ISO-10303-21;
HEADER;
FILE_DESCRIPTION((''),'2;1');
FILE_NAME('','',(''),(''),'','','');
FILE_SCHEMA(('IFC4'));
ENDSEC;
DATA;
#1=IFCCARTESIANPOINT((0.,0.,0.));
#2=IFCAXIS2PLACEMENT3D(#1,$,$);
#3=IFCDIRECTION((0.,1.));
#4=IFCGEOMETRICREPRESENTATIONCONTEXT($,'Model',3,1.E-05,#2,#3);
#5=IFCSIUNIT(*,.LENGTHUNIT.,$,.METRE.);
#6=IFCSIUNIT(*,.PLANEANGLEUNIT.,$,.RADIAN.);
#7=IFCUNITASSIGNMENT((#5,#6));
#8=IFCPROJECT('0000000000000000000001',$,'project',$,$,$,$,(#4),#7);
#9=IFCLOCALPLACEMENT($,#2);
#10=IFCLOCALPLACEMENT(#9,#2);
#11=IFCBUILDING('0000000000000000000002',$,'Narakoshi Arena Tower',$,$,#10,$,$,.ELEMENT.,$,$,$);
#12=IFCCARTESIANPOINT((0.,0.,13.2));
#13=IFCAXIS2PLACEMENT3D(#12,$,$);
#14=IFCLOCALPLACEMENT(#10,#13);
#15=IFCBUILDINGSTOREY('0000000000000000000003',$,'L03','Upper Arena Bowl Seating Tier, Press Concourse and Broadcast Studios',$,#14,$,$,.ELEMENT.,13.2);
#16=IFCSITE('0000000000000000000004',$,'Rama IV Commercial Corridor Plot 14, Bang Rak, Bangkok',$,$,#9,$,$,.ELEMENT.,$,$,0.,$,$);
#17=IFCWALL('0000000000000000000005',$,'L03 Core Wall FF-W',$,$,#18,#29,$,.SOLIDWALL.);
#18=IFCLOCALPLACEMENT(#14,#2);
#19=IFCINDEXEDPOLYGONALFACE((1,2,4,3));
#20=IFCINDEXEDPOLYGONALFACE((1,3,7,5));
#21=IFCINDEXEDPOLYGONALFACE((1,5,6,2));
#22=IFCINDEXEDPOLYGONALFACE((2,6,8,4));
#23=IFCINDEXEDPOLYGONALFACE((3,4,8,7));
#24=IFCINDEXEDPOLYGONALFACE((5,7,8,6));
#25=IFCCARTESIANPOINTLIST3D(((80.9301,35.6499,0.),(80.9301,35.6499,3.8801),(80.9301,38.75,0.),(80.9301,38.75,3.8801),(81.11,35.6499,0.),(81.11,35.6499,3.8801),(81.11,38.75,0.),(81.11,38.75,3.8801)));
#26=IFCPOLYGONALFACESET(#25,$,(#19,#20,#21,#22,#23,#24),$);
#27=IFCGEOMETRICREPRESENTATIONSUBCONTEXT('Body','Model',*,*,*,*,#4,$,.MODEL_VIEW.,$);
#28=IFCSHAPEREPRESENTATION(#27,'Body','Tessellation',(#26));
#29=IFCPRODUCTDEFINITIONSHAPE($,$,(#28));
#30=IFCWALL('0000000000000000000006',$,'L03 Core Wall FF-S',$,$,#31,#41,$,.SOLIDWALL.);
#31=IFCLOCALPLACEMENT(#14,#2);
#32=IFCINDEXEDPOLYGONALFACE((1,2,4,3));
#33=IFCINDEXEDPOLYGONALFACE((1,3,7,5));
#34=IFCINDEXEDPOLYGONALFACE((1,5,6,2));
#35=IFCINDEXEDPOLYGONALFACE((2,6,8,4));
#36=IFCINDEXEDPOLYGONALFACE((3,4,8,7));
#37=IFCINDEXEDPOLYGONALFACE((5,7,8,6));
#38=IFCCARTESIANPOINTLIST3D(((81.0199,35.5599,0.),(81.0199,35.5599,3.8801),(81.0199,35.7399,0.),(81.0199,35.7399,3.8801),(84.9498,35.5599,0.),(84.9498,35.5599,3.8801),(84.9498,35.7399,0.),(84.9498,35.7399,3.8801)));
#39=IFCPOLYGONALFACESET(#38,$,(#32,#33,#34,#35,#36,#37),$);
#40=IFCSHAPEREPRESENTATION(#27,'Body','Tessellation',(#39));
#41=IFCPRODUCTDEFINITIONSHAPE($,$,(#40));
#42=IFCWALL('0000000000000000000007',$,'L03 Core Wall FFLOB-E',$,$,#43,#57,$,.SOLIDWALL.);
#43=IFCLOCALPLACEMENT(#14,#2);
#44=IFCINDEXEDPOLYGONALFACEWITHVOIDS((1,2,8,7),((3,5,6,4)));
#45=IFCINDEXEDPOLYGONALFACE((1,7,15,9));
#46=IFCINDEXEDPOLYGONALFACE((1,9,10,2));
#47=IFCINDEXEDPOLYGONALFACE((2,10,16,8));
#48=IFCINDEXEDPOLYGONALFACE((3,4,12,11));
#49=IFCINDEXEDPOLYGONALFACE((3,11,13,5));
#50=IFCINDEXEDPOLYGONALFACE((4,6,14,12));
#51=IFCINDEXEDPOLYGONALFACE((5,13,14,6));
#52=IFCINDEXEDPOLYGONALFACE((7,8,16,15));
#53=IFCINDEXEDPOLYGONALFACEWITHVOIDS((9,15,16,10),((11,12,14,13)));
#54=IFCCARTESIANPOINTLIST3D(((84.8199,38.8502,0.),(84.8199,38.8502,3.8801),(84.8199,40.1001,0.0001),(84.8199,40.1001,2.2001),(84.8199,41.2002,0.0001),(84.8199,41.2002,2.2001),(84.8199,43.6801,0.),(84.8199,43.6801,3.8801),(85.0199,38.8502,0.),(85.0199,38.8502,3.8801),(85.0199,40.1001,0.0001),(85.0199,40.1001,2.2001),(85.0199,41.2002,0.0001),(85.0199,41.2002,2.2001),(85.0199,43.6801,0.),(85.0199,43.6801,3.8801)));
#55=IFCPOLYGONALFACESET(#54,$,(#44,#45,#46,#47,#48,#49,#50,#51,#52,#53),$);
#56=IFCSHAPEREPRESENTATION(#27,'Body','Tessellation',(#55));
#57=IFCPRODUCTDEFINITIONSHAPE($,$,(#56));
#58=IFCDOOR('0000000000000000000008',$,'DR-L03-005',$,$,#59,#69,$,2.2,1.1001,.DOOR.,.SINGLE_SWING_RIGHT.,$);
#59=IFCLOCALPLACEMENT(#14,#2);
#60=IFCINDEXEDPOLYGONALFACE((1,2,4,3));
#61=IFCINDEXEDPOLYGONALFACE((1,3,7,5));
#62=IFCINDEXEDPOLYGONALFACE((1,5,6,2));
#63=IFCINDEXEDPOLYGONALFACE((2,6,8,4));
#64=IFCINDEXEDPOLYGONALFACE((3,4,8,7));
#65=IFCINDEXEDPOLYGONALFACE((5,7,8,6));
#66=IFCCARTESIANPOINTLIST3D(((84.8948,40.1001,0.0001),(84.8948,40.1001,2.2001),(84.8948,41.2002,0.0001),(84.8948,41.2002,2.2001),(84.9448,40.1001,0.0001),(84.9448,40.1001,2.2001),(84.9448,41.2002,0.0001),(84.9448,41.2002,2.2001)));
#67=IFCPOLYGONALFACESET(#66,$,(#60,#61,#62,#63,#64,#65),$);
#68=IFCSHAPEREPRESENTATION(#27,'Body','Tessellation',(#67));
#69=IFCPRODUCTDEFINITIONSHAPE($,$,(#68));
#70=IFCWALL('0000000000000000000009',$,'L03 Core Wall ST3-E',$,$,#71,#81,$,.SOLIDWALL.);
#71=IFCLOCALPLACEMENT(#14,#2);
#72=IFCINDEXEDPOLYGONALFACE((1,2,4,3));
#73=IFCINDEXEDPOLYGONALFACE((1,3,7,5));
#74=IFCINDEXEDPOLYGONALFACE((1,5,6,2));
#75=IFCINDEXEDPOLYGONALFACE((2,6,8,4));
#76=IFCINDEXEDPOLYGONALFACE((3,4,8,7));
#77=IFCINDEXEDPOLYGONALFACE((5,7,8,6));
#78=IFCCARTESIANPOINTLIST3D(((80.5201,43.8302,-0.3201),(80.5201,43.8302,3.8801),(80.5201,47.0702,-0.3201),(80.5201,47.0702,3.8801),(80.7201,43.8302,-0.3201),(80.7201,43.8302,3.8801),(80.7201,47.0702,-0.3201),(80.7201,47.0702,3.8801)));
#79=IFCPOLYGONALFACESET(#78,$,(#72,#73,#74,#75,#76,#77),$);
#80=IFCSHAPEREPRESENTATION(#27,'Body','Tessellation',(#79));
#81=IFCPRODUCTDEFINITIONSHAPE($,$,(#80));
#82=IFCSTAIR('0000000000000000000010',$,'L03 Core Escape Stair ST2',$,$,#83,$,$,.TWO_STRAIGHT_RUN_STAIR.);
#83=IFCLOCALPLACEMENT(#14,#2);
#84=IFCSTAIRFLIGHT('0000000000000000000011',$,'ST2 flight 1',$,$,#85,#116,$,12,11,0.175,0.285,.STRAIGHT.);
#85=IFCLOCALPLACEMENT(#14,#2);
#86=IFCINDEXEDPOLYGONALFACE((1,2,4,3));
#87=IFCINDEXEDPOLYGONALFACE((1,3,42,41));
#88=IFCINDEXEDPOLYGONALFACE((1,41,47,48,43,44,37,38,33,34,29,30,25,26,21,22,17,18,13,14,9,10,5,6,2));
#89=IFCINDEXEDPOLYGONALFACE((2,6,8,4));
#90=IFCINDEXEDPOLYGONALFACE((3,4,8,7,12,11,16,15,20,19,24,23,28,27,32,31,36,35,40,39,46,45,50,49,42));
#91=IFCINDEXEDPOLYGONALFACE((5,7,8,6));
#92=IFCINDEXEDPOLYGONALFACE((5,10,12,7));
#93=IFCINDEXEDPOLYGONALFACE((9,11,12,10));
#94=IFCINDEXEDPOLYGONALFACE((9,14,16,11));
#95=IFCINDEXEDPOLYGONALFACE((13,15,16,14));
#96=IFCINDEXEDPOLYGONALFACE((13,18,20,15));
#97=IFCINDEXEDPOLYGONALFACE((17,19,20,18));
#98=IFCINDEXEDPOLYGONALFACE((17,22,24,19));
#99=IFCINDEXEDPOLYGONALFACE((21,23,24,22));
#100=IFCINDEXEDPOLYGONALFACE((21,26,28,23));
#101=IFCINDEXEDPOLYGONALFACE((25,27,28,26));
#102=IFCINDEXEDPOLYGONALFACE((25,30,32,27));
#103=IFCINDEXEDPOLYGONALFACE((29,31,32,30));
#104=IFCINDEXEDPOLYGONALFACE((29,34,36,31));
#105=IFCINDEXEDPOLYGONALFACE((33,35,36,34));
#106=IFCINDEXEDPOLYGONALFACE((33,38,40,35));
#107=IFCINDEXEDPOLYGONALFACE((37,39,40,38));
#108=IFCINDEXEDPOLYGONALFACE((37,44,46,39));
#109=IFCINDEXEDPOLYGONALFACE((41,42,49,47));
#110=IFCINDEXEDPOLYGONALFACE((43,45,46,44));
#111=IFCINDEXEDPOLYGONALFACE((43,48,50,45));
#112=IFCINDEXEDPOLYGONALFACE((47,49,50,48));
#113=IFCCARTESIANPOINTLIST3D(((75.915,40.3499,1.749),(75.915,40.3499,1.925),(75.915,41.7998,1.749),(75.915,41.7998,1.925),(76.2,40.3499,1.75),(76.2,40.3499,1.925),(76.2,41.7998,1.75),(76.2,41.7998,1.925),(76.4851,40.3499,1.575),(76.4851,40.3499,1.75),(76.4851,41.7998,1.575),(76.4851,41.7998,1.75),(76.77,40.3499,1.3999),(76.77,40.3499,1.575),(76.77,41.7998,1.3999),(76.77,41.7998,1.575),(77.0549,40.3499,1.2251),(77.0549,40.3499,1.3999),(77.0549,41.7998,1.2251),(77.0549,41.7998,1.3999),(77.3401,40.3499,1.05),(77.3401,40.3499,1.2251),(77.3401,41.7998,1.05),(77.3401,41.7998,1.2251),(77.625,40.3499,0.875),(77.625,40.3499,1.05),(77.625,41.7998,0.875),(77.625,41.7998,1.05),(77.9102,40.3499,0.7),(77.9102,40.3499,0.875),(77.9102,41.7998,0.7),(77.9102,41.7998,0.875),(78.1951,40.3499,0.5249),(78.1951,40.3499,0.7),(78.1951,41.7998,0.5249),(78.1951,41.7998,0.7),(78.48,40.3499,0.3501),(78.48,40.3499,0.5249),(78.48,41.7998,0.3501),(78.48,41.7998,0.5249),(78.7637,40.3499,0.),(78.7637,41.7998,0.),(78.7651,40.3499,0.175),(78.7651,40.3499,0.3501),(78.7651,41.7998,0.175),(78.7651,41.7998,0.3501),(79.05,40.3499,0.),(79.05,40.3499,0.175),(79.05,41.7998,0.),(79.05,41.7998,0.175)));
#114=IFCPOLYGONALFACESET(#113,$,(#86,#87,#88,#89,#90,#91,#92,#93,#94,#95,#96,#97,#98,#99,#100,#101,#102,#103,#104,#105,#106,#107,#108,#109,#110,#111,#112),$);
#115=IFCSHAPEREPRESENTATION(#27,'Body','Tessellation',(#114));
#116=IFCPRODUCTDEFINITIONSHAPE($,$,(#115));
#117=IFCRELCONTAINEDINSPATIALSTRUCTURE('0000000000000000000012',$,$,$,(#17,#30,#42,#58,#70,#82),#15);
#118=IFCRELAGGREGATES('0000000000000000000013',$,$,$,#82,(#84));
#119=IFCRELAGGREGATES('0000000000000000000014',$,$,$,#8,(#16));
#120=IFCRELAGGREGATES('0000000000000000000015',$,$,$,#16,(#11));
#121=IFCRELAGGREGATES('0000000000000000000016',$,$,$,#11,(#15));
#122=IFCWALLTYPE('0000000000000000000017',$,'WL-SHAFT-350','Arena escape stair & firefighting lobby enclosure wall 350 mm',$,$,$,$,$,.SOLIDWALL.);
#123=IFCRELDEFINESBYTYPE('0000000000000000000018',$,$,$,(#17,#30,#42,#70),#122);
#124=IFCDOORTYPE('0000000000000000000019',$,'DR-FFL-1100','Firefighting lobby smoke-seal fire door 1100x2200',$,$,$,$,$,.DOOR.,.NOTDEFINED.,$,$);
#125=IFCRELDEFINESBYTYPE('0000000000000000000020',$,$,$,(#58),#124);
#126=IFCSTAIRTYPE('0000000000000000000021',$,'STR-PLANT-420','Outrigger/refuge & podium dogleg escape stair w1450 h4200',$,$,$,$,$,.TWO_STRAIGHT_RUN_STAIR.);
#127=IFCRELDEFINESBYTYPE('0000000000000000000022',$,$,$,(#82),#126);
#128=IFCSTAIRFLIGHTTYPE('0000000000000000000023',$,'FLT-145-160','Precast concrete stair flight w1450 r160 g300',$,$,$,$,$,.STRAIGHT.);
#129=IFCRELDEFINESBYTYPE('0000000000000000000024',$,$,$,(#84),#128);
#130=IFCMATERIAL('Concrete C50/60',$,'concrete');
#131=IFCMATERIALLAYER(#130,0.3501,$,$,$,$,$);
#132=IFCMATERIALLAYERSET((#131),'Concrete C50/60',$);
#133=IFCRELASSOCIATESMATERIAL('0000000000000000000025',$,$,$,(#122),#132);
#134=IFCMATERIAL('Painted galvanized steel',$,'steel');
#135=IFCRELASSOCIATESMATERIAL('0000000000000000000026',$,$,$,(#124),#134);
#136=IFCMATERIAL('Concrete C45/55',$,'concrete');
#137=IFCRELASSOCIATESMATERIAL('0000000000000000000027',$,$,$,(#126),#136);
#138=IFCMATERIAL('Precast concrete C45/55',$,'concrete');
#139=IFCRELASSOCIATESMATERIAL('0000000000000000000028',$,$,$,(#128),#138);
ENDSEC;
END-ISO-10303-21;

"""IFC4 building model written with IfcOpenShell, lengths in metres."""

from ifc_helpers import new_model, si_unit, direction, frame, frame_2d, origin, place, context, subcontext, project, spatial, polyline, rectangle, outline, extrude, material, layer, layer_set, type_object, element, fill, aggregate, save


model = new_model("IFC4")

# Units and contexts
model_context = context("Model", 3, precision=1e-05, world=origin(), true_north=direction((0.0, 1.0)))
body_context = subcontext(model_context, "Body", "Model", "MODEL_VIEW")
ifc_project = project(units=[si_unit("LENGTHUNIT", "METRE"), si_unit("PLANEANGLEUNIT", "RADIAN")], contexts=[model_context])

# Site, building, storey
site_placement = place(None, origin())
site = spatial("IfcSite", under=ifc_project, at=site_placement, Name="Rama IV Commercial Corridor Plot 14, Bang Rak, Bangkok", CompositionType="ELEMENT", RefElevation=0.0)
building_placement = place(site_placement, origin())
building = spatial("IfcBuilding", under=site, at=building_placement, Name="Narakoshi Arena Tower", CompositionType="ELEMENT")
storey_placement = place(building_placement, frame((0.0, 0.0, 13.2)))
storey = spatial("IfcBuildingStorey", under=building, at=storey_placement, Name="L03", Description="Upper Arena Bowl Seating Tier, Press Concourse and Broadcast Studios", CompositionType="ELEMENT", Elevation=13.2)

# Shared definitions
ifc_material_1 = material(Name="Concrete C50/60", Category="concrete")
ifc_layer_1 = layer(ifc_material_1, 0.3501)
ifc_layer_set_1 = layer_set([ifc_layer_1], Name="Concrete C50/60")
wall_type_1 = type_object("IfcWallType", Name="WL-SHAFT-350", Description="Arena escape stair & firefighting lobby enclosure wall 350 mm", PredefinedType="SOLIDWALL", material=ifc_layer_set_1)
ifc_material_2 = material(Name="Painted galvanized steel", Category="steel")

# Walls
for number, where, z_axis, x_axis, name in (
    (1, (81.02, 35.6499, 0.0), (0.0, 0.0, 1.0), (0.0, 1.0, 0.0), "L03 Core Wall FF-W"),
):
    element("IfcWall", number, at=place(storey_placement, frame(where, z_axis=z_axis, x_axis=x_axis)), inside=storey, type_object=wall_type_1, Name=name, PredefinedType="SOLIDWALL", context=body_context, shape_type="SweptSolid", body=[
        extrude(rectangle(XDim=3.1001, YDim=0.1799, at=frame_2d((1.55, 0.0))), origin(), (0.0, 0.0, 1.0), 3.8801),
    ])
wall_1_placement = place(storey_placement, frame((81.02, 35.6499, 0.0), z_axis=(0.0, 0.0, 1.0), x_axis=(1.0, 0.0, 0.0)))
element("IfcWall", 2, at=wall_1_placement, inside=storey, type_object=wall_type_1, Name="L03 Core Wall FF-S", PredefinedType="SOLIDWALL", context=body_context, shape_type="SweptSolid", body=[
    extrude(rectangle(XDim=3.9299, YDim=0.1799, at=frame_2d((1.9648, 0.0))), origin(), (0.0, 0.0, 1.0), 3.8801),
])

# Wall, opening, door
wall_2_placement = place(storey_placement, frame((84.9199, 38.8501, 0.0), z_axis=(0.0, 0.0, 1.0), x_axis=(0.0, 1.0, 0.0)))
wall_2 = element("IfcWall", 3, at=wall_2_placement, inside=storey, type_object=wall_type_1, Name="L03 Core Wall FFLOB-E", PredefinedType="SOLIDWALL", context=body_context, shape_type="SweptSolid", body=[
    extrude(rectangle(XDim=4.8298, YDim=0.2, at=frame_2d((2.415, 0.0))), origin(), (0.0, 0.0, 1.0), 3.8801),
])
opening_1_placement = place(wall_2_placement, frame((1.25, 0.0, 0.0)))
opening_1 = element("IfcOpeningElement", 4, at=opening_1_placement, cuts=wall_2, PredefinedType="OPENING", context=body_context, shape_type="SweptSolid", body=[
    extrude(rectangle(XDim=1.1001, YDim=2.2, at=frame_2d((0.55, 1.1001))), frame((0.0, 0.1099, 0.0), z_axis=(0.0, -1.0, 0.0), x_axis=(1.0, 0.0, 0.0)), (0.0, 0.0, 1.0), 0.22),
])
door_type_1 = type_object("IfcDoorType", Name="DR-FFL-1100", Description="Firefighting lobby smoke-seal fire door 1100x2200", OperationType="NOTDEFINED", PredefinedType="DOOR", material=ifc_material_2)
door_1_placement = place(opening_1_placement, frame((1.1001, 0.0, 0.0), z_axis=(0.0, 0.0, 1.0), x_axis=(-1.0, 0.0, 0.0)))
door_1 = element("IfcDoor", 5, at=door_1_placement, inside=storey, type_object=door_type_1, Name="DR-L03-005", OperationType="SINGLE_SWING_RIGHT", OverallHeight=2.2, OverallWidth=1.1001, PredefinedType="DOOR", context=body_context, shape_type="SweptSolid", body=[
    extrude(rectangle(XDim=1.1001, YDim=2.2, at=frame_2d((0.55, 1.1001))), frame((0.0, 0.0249, 0.0), z_axis=(0.0, -1.0, 0.0), x_axis=(1.0, 0.0, 0.0)), (0.0, 0.0, 1.0), 0.05),
])
fill(opening_1, door_1)

# Wall
wall_3_placement = place(storey_placement, frame((80.6201, 43.8301, -0.3201), z_axis=(0.0, 0.0, 1.0), x_axis=(0.0, 1.0, 0.0)))
element("IfcWall", 6, at=wall_3_placement, inside=storey, type_object=wall_type_1, Name="L03 Core Wall ST3-E", PredefinedType="SOLIDWALL", context=body_context, shape_type="SweptSolid", body=[
    extrude(rectangle(XDim=3.24, YDim=0.2, at=frame_2d((1.6201, 0.0))), origin(), (0.0, 0.0, 1.0), 4.2002),
])

# Stair, stair flight
ifc_material_3 = material(Name="Concrete C45/55", Category="concrete")
stair_type = type_object("IfcStairType", Name="STR-PLANT-420", Description="Outrigger/refuge & podium dogleg escape stair w1450 h4200", PredefinedType="TWO_STRAIGHT_RUN_STAIR", material=ifc_material_3)
stair_placement = place(storey_placement, origin())
stair = element("IfcStair", 7, at=stair_placement, inside=storey, type_object=stair_type, Name="L03 Core Escape Stair ST2", PredefinedType="TWO_STRAIGHT_RUN_STAIR")
ifc_material_4 = material(Name="Precast concrete C45/55", Category="concrete")
stair_flight_type = type_object("IfcStairFlightType", Name="FLT-145-160", Description="Precast concrete stair flight w1450 r160 g300", PredefinedType="STRAIGHT", material=ifc_material_4)
stair_flight_placement = place(storey_placement, frame((79.05, 41.075, 0.0), z_axis=(0.0, 0.0, 1.0), x_axis=(-1.0, 0.0, 0.0)))
stair_flight = element("IfcStairFlight", 8, at=stair_flight_placement, type_object=stair_flight_type, Name="ST2 flight 1", NumberOfRisers=12, NumberOfTreads=11, PredefinedType="STRAIGHT", RiserHeight=0.175, TreadLength=0.285, context=body_context, shape_type="SweptSolid", body=[
    extrude(outline(polyline([(0.0, 0.0), (0.0, 0.175), (0.2849, 0.175), (0.2849, 0.3501), (0.5701, 0.3501), (0.5701, 0.5249), (0.855, 0.5249), (0.855, 0.7), (1.1399, 0.7), (1.1399, 0.875), (1.425, 0.875), (1.425, 1.05), (1.71, 1.05), (1.71, 1.2251), (1.9951, 1.2251), (1.9951, 1.3999), (2.28, 1.3999), (2.28, 1.575), (2.5649, 1.575), (2.5649, 1.75), (2.8501, 1.75), (2.8501, 1.925), (3.135, 1.925), (3.135, 2.1001), (3.135, 1.749), (0.2864, 0.0), (0.0, 0.0)])), frame((0.0, 0.7251, 0.0), z_axis=(0.0, -1.0, 0.0), x_axis=(1.0, 0.0, 0.0)), (0.0, 0.0, 1.0), 1.45),
])
aggregate(stair, [stair_flight])

save(model, "model.ifc")
